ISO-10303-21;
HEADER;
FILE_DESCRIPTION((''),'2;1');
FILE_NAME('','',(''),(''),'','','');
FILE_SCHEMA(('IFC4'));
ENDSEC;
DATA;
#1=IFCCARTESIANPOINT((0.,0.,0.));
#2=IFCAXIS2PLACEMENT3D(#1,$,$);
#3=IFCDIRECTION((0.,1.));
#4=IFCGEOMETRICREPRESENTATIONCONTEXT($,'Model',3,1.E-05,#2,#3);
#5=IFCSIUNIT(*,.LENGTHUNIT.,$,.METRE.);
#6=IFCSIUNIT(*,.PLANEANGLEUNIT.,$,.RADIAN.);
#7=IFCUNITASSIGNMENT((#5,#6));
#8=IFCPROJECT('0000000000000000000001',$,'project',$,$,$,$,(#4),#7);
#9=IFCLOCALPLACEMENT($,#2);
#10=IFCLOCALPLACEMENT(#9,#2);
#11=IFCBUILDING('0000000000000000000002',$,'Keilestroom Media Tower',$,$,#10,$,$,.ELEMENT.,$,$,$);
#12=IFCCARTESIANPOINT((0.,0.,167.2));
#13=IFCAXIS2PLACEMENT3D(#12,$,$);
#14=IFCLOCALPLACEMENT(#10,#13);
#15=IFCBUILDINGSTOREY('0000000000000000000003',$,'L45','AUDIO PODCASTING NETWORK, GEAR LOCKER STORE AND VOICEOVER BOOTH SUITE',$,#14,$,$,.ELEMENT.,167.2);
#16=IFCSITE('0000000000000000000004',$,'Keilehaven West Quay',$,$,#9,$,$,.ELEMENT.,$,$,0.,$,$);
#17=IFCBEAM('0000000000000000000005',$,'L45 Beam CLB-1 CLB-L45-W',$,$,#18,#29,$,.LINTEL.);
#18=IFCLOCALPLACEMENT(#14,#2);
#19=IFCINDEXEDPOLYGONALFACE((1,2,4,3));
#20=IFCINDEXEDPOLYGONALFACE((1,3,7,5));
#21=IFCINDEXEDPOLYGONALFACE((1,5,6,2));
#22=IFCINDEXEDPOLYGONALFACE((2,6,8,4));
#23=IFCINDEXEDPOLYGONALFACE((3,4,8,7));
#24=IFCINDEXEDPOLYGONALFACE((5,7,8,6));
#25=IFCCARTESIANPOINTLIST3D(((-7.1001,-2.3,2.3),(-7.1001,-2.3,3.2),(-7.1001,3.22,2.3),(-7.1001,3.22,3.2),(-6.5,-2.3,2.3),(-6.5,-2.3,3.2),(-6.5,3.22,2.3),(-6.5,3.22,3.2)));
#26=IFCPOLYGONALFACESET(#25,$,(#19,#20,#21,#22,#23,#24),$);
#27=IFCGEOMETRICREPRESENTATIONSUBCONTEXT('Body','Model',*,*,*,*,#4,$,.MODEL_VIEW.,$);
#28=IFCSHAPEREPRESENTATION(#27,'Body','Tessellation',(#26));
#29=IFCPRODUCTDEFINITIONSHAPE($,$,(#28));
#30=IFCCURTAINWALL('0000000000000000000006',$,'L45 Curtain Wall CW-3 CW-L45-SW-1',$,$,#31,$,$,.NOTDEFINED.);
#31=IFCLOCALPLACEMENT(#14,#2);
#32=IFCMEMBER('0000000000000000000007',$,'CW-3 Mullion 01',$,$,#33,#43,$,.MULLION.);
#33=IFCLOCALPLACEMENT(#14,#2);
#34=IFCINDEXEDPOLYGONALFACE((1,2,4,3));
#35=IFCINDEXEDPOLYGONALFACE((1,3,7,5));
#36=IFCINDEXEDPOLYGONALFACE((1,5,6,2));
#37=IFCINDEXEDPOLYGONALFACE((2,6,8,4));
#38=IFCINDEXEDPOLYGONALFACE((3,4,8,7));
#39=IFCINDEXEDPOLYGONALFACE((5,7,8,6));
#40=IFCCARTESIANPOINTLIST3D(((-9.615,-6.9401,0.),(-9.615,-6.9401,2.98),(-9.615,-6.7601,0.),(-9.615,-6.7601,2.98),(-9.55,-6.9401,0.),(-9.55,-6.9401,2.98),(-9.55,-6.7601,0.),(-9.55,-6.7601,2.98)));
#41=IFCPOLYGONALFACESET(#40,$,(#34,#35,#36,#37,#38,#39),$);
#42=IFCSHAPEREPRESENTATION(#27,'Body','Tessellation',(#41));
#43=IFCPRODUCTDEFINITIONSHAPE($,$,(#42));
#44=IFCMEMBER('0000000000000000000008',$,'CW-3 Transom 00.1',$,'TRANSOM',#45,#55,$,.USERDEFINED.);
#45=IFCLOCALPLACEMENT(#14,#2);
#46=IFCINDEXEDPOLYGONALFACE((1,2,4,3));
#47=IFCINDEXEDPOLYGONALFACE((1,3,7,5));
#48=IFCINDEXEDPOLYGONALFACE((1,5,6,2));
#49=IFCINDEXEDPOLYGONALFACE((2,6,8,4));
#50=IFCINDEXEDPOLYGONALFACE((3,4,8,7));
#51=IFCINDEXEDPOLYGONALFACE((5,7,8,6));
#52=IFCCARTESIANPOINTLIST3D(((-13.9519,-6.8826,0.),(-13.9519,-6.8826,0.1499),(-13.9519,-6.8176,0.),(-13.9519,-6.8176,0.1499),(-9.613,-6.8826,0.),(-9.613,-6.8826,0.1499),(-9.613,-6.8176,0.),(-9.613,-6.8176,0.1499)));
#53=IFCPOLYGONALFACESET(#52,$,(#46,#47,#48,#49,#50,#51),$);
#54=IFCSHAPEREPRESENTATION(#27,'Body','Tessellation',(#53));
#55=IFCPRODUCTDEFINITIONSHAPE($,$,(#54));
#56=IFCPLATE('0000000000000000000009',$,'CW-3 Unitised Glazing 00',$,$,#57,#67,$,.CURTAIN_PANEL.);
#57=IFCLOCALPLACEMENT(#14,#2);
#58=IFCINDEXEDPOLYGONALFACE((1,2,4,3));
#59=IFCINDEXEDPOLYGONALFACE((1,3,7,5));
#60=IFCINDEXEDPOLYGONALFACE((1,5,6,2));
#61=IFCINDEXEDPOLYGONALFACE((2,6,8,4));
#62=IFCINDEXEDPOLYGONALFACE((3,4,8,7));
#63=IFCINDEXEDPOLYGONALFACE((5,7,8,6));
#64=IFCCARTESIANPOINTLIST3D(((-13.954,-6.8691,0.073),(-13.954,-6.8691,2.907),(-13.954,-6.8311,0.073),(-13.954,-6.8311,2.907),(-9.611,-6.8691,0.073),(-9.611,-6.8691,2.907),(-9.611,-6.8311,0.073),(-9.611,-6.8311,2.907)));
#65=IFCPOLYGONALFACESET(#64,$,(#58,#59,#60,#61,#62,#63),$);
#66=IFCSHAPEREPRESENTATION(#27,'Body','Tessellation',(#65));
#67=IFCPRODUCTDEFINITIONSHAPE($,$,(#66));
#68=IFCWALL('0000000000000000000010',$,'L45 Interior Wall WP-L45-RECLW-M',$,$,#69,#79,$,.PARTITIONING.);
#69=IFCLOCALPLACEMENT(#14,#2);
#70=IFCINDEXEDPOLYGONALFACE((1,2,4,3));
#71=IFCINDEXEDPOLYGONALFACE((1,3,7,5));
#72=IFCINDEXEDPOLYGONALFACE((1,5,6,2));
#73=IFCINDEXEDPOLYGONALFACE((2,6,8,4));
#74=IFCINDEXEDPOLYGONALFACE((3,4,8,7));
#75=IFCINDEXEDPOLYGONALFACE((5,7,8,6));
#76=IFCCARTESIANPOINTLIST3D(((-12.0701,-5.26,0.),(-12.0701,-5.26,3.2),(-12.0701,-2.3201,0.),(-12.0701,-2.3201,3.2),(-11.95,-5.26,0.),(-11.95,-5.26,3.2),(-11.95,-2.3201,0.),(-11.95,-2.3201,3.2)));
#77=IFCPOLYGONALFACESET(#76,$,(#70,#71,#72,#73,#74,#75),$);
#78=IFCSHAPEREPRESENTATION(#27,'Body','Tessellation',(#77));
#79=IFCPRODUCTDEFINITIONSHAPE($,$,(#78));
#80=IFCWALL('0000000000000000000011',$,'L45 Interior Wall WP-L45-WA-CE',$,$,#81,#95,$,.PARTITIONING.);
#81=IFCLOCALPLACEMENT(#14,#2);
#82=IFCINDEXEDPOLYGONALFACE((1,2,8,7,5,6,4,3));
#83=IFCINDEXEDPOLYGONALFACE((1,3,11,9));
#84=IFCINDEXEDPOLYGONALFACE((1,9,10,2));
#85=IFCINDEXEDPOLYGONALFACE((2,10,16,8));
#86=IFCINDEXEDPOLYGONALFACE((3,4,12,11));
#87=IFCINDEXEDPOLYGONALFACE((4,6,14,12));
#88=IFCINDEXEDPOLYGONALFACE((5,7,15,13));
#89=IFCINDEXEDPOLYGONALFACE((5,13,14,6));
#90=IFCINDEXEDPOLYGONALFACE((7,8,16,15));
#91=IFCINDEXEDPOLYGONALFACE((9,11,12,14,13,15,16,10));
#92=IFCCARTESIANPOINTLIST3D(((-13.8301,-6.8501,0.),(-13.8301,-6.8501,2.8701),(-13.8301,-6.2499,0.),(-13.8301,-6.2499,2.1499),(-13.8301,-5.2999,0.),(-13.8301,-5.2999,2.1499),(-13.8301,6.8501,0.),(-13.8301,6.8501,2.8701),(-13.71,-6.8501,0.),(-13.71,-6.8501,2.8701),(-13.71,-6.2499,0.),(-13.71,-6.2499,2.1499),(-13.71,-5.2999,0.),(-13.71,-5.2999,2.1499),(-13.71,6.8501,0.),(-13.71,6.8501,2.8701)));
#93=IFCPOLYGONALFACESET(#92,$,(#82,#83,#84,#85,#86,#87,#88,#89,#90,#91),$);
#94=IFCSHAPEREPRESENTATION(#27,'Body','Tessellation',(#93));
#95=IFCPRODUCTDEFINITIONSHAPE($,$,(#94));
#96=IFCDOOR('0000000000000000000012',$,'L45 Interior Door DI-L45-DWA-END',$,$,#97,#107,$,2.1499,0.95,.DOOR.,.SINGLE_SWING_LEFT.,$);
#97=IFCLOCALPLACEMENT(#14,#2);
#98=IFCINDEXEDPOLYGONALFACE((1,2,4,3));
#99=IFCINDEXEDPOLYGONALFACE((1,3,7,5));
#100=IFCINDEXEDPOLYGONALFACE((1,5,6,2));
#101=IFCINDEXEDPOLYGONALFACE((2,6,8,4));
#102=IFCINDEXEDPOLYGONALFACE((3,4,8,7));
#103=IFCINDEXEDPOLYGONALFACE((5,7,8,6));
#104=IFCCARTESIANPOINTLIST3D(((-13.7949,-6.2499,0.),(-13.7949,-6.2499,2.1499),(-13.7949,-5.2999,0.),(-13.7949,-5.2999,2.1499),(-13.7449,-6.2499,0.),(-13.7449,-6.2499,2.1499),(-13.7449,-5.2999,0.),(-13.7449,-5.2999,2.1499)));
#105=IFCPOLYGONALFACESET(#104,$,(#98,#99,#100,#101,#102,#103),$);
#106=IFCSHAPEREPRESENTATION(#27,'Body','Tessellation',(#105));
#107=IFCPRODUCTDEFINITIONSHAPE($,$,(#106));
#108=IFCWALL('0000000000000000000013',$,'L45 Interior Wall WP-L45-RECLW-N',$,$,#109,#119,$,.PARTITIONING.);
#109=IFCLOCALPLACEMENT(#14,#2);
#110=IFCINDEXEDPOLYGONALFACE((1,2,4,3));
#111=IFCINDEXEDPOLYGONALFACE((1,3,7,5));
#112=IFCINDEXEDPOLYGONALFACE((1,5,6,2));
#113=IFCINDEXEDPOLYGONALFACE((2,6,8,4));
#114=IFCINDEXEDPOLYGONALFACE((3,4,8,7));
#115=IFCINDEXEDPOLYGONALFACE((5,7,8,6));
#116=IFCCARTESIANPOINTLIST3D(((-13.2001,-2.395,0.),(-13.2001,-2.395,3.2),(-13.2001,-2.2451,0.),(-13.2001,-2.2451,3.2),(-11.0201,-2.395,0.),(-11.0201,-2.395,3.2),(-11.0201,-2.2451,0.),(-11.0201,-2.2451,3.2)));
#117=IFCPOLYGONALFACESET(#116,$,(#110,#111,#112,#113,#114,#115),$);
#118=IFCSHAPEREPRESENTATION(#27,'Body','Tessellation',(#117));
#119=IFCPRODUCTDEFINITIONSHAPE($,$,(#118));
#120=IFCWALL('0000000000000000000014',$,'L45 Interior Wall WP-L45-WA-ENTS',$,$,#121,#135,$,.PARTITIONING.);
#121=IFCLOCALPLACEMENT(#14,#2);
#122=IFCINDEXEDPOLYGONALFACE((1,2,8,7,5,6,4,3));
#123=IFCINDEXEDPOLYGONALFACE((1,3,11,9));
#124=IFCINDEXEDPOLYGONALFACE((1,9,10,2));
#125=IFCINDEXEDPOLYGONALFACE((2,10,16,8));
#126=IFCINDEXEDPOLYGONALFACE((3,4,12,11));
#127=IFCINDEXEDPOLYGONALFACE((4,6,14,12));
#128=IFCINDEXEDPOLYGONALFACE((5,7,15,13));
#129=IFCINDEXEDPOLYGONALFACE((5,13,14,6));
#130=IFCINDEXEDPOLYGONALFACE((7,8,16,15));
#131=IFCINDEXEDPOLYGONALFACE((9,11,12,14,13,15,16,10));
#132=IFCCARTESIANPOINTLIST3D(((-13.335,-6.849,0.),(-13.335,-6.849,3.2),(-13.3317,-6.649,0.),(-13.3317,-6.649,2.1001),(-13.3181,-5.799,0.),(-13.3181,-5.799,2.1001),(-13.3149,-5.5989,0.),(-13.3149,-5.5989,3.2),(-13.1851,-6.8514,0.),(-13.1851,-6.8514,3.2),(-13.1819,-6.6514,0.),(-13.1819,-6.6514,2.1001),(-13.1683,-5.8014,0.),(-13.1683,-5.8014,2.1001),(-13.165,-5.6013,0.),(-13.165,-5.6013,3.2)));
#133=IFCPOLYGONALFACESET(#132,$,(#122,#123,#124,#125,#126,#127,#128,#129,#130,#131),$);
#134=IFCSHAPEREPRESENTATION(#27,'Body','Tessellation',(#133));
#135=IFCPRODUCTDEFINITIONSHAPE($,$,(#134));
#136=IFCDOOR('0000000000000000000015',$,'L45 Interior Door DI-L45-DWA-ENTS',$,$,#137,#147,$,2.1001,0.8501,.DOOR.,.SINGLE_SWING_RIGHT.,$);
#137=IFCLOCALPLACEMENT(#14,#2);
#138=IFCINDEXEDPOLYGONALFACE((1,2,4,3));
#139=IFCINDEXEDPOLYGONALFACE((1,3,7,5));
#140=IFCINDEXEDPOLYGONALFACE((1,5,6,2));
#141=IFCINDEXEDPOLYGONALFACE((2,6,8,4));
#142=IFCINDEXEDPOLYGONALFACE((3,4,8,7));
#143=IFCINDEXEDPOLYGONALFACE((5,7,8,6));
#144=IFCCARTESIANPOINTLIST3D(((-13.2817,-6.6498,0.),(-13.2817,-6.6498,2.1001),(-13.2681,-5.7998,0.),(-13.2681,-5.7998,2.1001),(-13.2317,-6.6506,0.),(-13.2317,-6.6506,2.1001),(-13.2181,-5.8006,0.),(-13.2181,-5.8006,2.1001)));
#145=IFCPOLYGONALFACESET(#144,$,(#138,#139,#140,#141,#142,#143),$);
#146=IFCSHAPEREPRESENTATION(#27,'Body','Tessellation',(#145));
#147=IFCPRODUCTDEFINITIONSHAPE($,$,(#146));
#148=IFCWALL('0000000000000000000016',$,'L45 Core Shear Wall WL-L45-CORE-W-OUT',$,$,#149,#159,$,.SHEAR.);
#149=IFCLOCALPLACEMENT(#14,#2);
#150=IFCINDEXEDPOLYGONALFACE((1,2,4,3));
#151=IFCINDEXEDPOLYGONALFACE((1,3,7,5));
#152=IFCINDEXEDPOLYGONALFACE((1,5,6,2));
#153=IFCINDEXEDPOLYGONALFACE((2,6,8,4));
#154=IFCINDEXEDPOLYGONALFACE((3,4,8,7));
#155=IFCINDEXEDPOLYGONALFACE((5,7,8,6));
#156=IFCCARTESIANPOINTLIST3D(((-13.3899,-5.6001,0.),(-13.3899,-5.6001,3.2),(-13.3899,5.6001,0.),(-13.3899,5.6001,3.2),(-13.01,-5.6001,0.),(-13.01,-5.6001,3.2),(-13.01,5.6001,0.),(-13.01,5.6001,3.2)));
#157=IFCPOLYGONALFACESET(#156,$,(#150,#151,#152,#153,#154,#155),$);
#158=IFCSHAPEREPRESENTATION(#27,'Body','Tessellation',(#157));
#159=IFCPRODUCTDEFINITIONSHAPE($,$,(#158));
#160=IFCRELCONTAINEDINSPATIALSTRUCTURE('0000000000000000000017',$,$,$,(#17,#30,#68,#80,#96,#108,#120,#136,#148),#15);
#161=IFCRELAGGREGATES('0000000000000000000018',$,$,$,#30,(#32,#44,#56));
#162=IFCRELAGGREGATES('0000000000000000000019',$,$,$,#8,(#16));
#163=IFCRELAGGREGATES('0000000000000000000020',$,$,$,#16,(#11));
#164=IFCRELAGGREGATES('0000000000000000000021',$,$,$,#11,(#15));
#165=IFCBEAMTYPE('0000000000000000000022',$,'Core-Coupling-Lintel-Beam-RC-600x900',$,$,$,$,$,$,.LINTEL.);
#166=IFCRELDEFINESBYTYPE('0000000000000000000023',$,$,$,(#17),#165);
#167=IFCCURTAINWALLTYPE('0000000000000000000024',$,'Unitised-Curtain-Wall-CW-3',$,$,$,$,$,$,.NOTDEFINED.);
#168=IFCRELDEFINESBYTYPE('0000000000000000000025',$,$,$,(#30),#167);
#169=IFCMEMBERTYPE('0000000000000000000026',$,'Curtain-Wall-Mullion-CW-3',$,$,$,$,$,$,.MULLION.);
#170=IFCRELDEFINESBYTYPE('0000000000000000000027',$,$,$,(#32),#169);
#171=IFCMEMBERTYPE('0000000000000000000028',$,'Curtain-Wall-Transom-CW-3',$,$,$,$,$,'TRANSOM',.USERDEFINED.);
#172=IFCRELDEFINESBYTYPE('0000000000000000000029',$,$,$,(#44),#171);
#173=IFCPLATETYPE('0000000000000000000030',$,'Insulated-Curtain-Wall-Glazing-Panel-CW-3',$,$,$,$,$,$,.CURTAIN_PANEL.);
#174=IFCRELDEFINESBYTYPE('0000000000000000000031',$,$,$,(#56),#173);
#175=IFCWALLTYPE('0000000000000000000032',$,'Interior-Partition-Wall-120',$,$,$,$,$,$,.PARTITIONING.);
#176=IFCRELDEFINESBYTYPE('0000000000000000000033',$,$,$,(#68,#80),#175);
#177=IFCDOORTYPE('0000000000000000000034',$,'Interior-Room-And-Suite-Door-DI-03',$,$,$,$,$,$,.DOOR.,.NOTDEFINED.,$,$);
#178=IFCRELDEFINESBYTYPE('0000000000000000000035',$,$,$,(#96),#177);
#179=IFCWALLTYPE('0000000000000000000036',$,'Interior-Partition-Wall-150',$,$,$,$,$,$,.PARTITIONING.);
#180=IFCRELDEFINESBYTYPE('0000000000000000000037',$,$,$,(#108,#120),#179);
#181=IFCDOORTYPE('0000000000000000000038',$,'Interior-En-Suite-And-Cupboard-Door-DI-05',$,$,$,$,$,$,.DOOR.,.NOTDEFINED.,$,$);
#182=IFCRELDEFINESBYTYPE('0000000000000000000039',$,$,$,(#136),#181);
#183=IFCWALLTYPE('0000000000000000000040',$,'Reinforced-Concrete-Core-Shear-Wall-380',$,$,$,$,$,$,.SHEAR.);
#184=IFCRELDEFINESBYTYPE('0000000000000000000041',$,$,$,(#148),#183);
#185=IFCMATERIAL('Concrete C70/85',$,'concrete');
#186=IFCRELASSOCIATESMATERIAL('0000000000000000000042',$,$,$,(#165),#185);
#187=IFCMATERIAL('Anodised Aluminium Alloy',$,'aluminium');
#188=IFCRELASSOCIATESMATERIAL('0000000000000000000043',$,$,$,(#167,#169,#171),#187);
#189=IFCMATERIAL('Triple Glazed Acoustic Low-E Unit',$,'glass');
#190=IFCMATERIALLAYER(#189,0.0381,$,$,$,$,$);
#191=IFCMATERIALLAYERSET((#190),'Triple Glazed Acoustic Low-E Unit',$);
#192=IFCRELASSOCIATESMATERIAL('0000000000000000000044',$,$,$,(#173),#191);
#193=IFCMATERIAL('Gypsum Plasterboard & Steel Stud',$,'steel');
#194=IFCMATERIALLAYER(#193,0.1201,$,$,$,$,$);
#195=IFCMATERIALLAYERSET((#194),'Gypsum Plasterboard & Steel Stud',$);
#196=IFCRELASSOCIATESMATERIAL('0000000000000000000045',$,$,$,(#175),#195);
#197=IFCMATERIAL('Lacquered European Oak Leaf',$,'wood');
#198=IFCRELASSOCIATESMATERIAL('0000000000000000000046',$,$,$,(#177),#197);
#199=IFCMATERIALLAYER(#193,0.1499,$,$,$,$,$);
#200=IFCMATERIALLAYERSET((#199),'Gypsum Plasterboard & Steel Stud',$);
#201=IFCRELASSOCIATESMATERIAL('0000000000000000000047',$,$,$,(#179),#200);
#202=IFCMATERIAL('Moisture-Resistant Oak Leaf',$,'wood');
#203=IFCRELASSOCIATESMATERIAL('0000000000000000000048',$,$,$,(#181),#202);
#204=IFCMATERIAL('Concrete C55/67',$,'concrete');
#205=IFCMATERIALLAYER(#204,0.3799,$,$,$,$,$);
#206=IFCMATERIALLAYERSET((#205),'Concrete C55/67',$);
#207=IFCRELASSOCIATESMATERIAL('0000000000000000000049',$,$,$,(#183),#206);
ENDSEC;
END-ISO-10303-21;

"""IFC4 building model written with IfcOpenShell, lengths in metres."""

from ifc_helpers import new_model, si_unit, direction, frame, frame_2d, origin, origin_2d, place, context, subcontext, project, spatial, rectangle, extrude, source, transform, mapped, material, layer, layer_set, material_profile, profile_set, type_object, element, fill, aggregate, save


model = new_model("IFC4")

# Units and contexts
model_context = context("Model", 3, precision=1e-05, world=origin(), true_north=direction((0.0, 1.0)))
body_context = subcontext(model_context, "Body", "Model", "MODEL_VIEW")
ifc_project = project(units=[si_unit("LENGTHUNIT", "METRE"), si_unit("PLANEANGLEUNIT", "RADIAN")], contexts=[model_context])

# Site, building, storey
site_placement = place(None, origin())
site = spatial("IfcSite", under=ifc_project, at=site_placement, Name="Keilehaven West Quay", CompositionType="ELEMENT", RefElevation=0.0)
building_placement = place(site_placement, origin())
building = spatial("IfcBuilding", under=site, at=building_placement, Name="Keilestroom Media Tower", CompositionType="ELEMENT")
storey_placement = place(building_placement, frame((0.0, 0.0, 167.2)))
storey = spatial("IfcBuildingStorey", under=building, at=storey_placement, Name="L45", Description="AUDIO PODCASTING NETWORK, GEAR LOCKER STORE AND VOICEOVER BOOTH SUITE", CompositionType="ELEMENT", Elevation=167.2)

# Beam
ifc_material_1 = material(Name="Concrete C70/85", Category="concrete")
ifc_material_profile_1 = material_profile(ifc_material_1, rectangle(XDim=0.6001, YDim=0.8999, at=origin_2d()), Name="RC 600x900")
ifc_profile_set_1 = profile_set([ifc_material_profile_1], Name="Concrete C70/85")
beam_type = type_object("IfcBeamType", Name="Core-Coupling-Lintel-Beam-RC-600x900", PredefinedType="LINTEL", material=ifc_profile_set_1)
shared_shape_1 = source(origin(), body_context, "Body", "SweptSolid", [
    extrude(rectangle(XDim=0.6001, YDim=0.8999, at=origin_2d()), origin(), (0.0, 0.0, 1.0), 5.52),
])
beam_placement = place(storey_placement, frame((-6.8, -2.3, 2.75), z_axis=(0.0, 1.0, 0.0), x_axis=(-1.0, 0.0, 0.0)))
element("IfcBeam", 1, at=beam_placement, inside=storey, type_object=beam_type, Name="L45 Beam CLB-1 CLB-L45-W", PredefinedType="LINTEL", context=body_context, shape_type="MappedRepresentation", body=[
    mapped(shared_shape_1, transform((0.0, 0.0, 0.0), x_axis=(1.0, 0.0, 0.0), y_axis=(0.0, 1.0, 0.0), z_axis=(0.0, 0.0, 1.0), scale=1.0)),
])

# Curtain wall, members, plate
ifc_material_2 = material(Name="Anodised Aluminium Alloy", Category="aluminium")
curtain_wall_type = type_object("IfcCurtainWallType", Name="Unitised-Curtain-Wall-CW-3", PredefinedType="NOTDEFINED", material=ifc_material_2)
curtain_wall_placement = place(storey_placement, origin())
curtain_wall = element("IfcCurtainWall", 2, at=curtain_wall_placement, inside=storey, type_object=curtain_wall_type, Name="L45 Curtain Wall CW-3 CW-L45-SW-1", PredefinedType="NOTDEFINED")
ifc_material_profile_2 = material_profile(ifc_material_2, rectangle(XDim=0.0649, YDim=0.1799, at=origin_2d()), Name="ALU MULLION 65x180")
ifc_profile_set_2 = profile_set([ifc_material_profile_2], Name="Anodised Aluminium Alloy")
member_type_1 = type_object("IfcMemberType", Name="Curtain-Wall-Mullion-CW-3", PredefinedType="MULLION", material=ifc_profile_set_2)
shared_shape_2 = source(origin(), body_context, "Body", "SweptSolid", [
    extrude(rectangle(XDim=0.0649, YDim=0.1799, at=origin_2d()), origin(), (0.0, 0.0, 1.0), 2.98),
])
member_1_placement = place(storey_placement, frame((-9.5825, -6.8501, 0.0), z_axis=(0.0, 0.0, 1.0), x_axis=(1.0, 0.0, 0.0)))
member_1 = element("IfcMember", 3, at=member_1_placement, type_object=member_type_1, Name="CW-3 Mullion 01", PredefinedType="MULLION", context=body_context, shape_type="MappedRepresentation", body=[
    mapped(shared_shape_2, transform((0.0, 0.0, 0.0), x_axis=(1.0, 0.0, 0.0), y_axis=(0.0, 1.0, 0.0), z_axis=(0.0, 0.0, 1.0), scale=1.0)),
])
ifc_material_profile_3 = material_profile(ifc_material_2, rectangle(XDim=0.0649, YDim=0.1499, at=origin_2d()), Name="ALU TRANSOM 65x150")
ifc_profile_set_3 = profile_set([ifc_material_profile_3], Name="Anodised Aluminium Alloy")
member_type_2 = type_object("IfcMemberType", Name="Curtain-Wall-Transom-CW-3", ElementType="TRANSOM", PredefinedType="USERDEFINED", material=ifc_profile_set_3)
shared_shape_3 = source(origin(), body_context, "Body", "SweptSolid", [
    extrude(rectangle(XDim=0.0649, YDim=0.1499, at=origin_2d()), origin(), (0.0, 0.0, 1.0), 4.3389),
])
member_2_placement = place(storey_placement, frame((-13.9519, -6.8501, 0.075), z_axis=(1.0, 0.0, 0.0), x_axis=(0.0, 1.0, 0.0)))
member_2 = element("IfcMember", 4, at=member_2_placement, type_object=member_type_2, Name="CW-3 Transom 00.1", ObjectType="TRANSOM", PredefinedType="USERDEFINED", context=body_context, shape_type="MappedRepresentation", body=[
    mapped(shared_shape_3, transform((0.0, 0.0, 0.0), x_axis=(1.0, 0.0, 0.0), y_axis=(0.0, 1.0, 0.0), z_axis=(0.0, 0.0, 1.0), scale=1.0)),
])
ifc_material_3 = material(Name="Triple Glazed Acoustic Low-E Unit", Category="glass")
ifc_layer_1 = layer(ifc_material_3, 0.0381)
ifc_layer_set_1 = layer_set([ifc_layer_1], Name="Triple Glazed Acoustic Low-E Unit")
plate_type = type_object("IfcPlateType", Name="Insulated-Curtain-Wall-Glazing-Panel-CW-3", PredefinedType="CURTAIN_PANEL", material=ifc_layer_set_1)
shared_shape_4 = source(origin(), body_context, "Body", "SweptSolid", [
    extrude(rectangle(XDim=4.343, YDim=0.0381, at=origin_2d()), origin(), (0.0, 0.0, 1.0), 2.834),
])
plate_placement = place(storey_placement, frame((-11.7825, -6.8501, 0.073), z_axis=(0.0, 0.0, 1.0), x_axis=(1.0, 0.0, 0.0)))
plate = element("IfcPlate", 5, at=plate_placement, type_object=plate_type, Name="CW-3 Unitised Glazing 00", PredefinedType="CURTAIN_PANEL", context=body_context, shape_type="MappedRepresentation", body=[
    mapped(shared_shape_4, transform((0.0, 0.0, 0.0), x_axis=(1.0, 0.0, 0.0), y_axis=(0.0, 1.0, 0.0), z_axis=(0.0, 0.0, 1.0), scale=1.0)),
])
aggregate(curtain_wall, [member_1, member_2, plate])

# Wall
ifc_material_4 = material(Name="Gypsum Plasterboard & Steel Stud", Category="steel")
ifc_layer_2 = layer(ifc_material_4, 0.1201)
ifc_layer_set_2 = layer_set([ifc_layer_2], Name="Gypsum Plasterboard & Steel Stud")
wall_type_1 = type_object("IfcWallType", Name="Interior-Partition-Wall-120", PredefinedType="PARTITIONING", material=ifc_layer_set_2)
wall_1_placement = place(storey_placement, frame((-12.01, -5.26, 0.0), z_axis=(0.0, 0.0, 1.0), x_axis=(0.0, 1.0, 0.0)))
element("IfcWall", 6, at=wall_1_placement, inside=storey, type_object=wall_type_1, Name="L45 Interior Wall WP-L45-RECLW-M", PredefinedType="PARTITIONING", context=body_context, shape_type="SweptSolid", body=[
    extrude(rectangle(XDim=2.9399, YDim=0.1201, at=frame_2d((1.47, 0.0))), origin(), (0.0, 0.0, 1.0), 3.2),
])

# Wall, opening, door
wall_2_placement = place(storey_placement, frame((-13.77, -6.8501, 0.0), z_axis=(0.0, 0.0, 1.0), x_axis=(0.0, 1.0, 0.0)))
wall_2 = element("IfcWall", 7, at=wall_2_placement, inside=storey, type_object=wall_type_1, Name="L45 Interior Wall WP-L45-WA-CE", PredefinedType="PARTITIONING", context=body_context, shape_type="SweptSolid", body=[
    extrude(rectangle(XDim=13.7002, YDim=0.1201, at=frame_2d((6.8501, 0.0))), origin(), (0.0, 0.0, 1.0), 2.8701),
])
opening_1_placement = place(wall_2_placement, frame((0.6001, 0.0, 0.0)))
opening_1 = element("IfcOpeningElement", 8, at=opening_1_placement, cuts=wall_2, PredefinedType="OPENING", context=body_context, shape_type="SweptSolid", body=[
    extrude(rectangle(XDim=0.95, YDim=2.1499, at=frame_2d((0.4751, 1.075))), frame((0.0, 0.0701, 0.0), z_axis=(0.0, -1.0, 0.0), x_axis=(1.0, 0.0, 0.0)), (0.0, 0.0, 1.0), 0.1401),
])
ifc_material_5 = material(Name="Lacquered European Oak Leaf", Category="wood")
door_type_1 = type_object("IfcDoorType", Name="Interior-Room-And-Suite-Door-DI-03", OperationType="NOTDEFINED", PredefinedType="DOOR", material=ifc_material_5)
shared_shape_5 = source(origin(), body_context, "Body", "SweptSolid", [
    extrude(rectangle(XDim=0.95, YDim=2.1499, at=frame_2d((0.4751, 1.075))), frame((0.0, 0.0249, 0.0), z_axis=(0.0, -1.0, 0.0), x_axis=(1.0, 0.0, 0.0)), (0.0, 0.0, 1.0), 0.05),
])
door_1_placement = place(opening_1_placement, origin())
door_1 = element("IfcDoor", 9, at=door_1_placement, inside=storey, type_object=door_type_1, Name="L45 Interior Door DI-L45-DWA-END", OperationType="SINGLE_SWING_LEFT", OverallHeight=2.1499, OverallWidth=0.95, PredefinedType="DOOR", context=body_context, shape_type="MappedRepresentation", body=[
    mapped(shared_shape_5, transform((0.0, 0.0, 0.0), x_axis=(1.0, 0.0, 0.0), y_axis=(0.0, 1.0, 0.0), z_axis=(0.0, 0.0, 1.0), scale=1.0)),
])
fill(opening_1, door_1)

# Wall
ifc_layer_3 = layer(ifc_material_4, 0.1499)
ifc_layer_set_3 = layer_set([ifc_layer_3], Name="Gypsum Plasterboard & Steel Stud")
wall_type_2 = type_object("IfcWallType", Name="Interior-Partition-Wall-150", PredefinedType="PARTITIONING", material=ifc_layer_set_3)
wall_3_placement = place(storey_placement, frame((-13.2, -2.3201, 0.0), z_axis=(0.0, 0.0, 1.0), x_axis=(1.0, 0.0, 0.0)))
element("IfcWall", 10, at=wall_3_placement, inside=storey, type_object=wall_type_2, Name="L45 Interior Wall WP-L45-RECLW-N", PredefinedType="PARTITIONING", context=body_context, shape_type="SweptSolid", body=[
    extrude(rectangle(XDim=2.1799, YDim=0.1499, at=frame_2d((1.0898, 0.0))), origin(), (0.0, 0.0, 1.0), 3.2),
])

# Wall, opening, door
wall_4_placement = place(storey_placement, frame((-13.26, -6.8501, 0.0), z_axis=(0.0, 0.0, 1.0), x_axis=(0.016014, 0.999872, 0.0)))
wall_4 = element("IfcWall", 11, at=wall_4_placement, inside=storey, type_object=wall_type_2, Name="L45 Interior Wall WP-L45-WA-ENTS", PredefinedType="PARTITIONING", context=body_context, shape_type="SweptSolid", body=[
    extrude(rectangle(XDim=1.2502, YDim=0.1499, at=frame_2d((0.625, 0.0))), origin(), (0.0, 0.0, 1.0), 3.2),
])
opening_2_placement = place(wall_4_placement, frame((0.2, 0.0, 0.0)))
opening_2 = element("IfcOpeningElement", 12, at=opening_2_placement, cuts=wall_4, PredefinedType="OPENING", context=body_context, shape_type="SweptSolid", body=[
    extrude(rectangle(XDim=0.8501, YDim=2.1001, at=frame_2d((0.425, 1.05))), frame((0.0, 0.085, 0.0), z_axis=(0.0, -1.0, 0.0), x_axis=(1.0, 0.0, 0.0)), (0.0, 0.0, 1.0), 0.1699),
])
ifc_material_6 = material(Name="Moisture-Resistant Oak Leaf", Category="wood")
door_type_2 = type_object("IfcDoorType", Name="Interior-En-Suite-And-Cupboard-Door-DI-05", OperationType="NOTDEFINED", PredefinedType="DOOR", material=ifc_material_6)
shared_shape_6 = source(origin(), body_context, "Body", "SweptSolid", [
    extrude(rectangle(XDim=0.8501, YDim=2.1001, at=frame_2d((0.425, 1.05))), frame((0.0, 0.0249, 0.0), z_axis=(0.0, -1.0, 0.0), x_axis=(1.0, 0.0, 0.0)), (0.0, 0.0, 1.0), 0.05),
])
door_2_placement = place(opening_2_placement, origin())
door_2 = element("IfcDoor", 13, at=door_2_placement, inside=storey, type_object=door_type_2, Name="L45 Interior Door DI-L45-DWA-ENTS", OperationType="SINGLE_SWING_RIGHT", OverallHeight=2.1001, OverallWidth=0.8501, PredefinedType="DOOR", context=body_context, shape_type="MappedRepresentation", body=[
    mapped(shared_shape_6, transform((0.0, 0.0, 0.0), x_axis=(1.0, 0.0, 0.0), y_axis=(0.0, 1.0, 0.0), z_axis=(0.0, 0.0, 1.0), scale=1.0)),
])
fill(opening_2, door_2)

# Wall
ifc_material_7 = material(Name="Concrete C55/67", Category="concrete")
ifc_layer_4 = layer(ifc_material_7, 0.3799)
ifc_layer_set_4 = layer_set([ifc_layer_4], Name="Concrete C55/67")
wall_type_3 = type_object("IfcWallType", Name="Reinforced-Concrete-Core-Shear-Wall-380", PredefinedType="SHEAR", material=ifc_layer_set_4)
wall_5_placement = place(storey_placement, frame((-13.2, -5.6001, 0.0), z_axis=(0.0, 0.0, 1.0), x_axis=(0.0, 1.0, 0.0)))
element("IfcWall", 14, at=wall_5_placement, inside=storey, type_object=wall_type_3, Name="L45 Core Shear Wall WL-L45-CORE-W-OUT", PredefinedType="SHEAR", context=body_context, shape_type="SweptSolid", body=[
    extrude(rectangle(XDim=11.2002, YDim=0.3799, at=frame_2d((5.6001, 0.0))), origin(), (0.0, 0.0, 1.0), 3.2),
])

save(model, "model.ifc")
